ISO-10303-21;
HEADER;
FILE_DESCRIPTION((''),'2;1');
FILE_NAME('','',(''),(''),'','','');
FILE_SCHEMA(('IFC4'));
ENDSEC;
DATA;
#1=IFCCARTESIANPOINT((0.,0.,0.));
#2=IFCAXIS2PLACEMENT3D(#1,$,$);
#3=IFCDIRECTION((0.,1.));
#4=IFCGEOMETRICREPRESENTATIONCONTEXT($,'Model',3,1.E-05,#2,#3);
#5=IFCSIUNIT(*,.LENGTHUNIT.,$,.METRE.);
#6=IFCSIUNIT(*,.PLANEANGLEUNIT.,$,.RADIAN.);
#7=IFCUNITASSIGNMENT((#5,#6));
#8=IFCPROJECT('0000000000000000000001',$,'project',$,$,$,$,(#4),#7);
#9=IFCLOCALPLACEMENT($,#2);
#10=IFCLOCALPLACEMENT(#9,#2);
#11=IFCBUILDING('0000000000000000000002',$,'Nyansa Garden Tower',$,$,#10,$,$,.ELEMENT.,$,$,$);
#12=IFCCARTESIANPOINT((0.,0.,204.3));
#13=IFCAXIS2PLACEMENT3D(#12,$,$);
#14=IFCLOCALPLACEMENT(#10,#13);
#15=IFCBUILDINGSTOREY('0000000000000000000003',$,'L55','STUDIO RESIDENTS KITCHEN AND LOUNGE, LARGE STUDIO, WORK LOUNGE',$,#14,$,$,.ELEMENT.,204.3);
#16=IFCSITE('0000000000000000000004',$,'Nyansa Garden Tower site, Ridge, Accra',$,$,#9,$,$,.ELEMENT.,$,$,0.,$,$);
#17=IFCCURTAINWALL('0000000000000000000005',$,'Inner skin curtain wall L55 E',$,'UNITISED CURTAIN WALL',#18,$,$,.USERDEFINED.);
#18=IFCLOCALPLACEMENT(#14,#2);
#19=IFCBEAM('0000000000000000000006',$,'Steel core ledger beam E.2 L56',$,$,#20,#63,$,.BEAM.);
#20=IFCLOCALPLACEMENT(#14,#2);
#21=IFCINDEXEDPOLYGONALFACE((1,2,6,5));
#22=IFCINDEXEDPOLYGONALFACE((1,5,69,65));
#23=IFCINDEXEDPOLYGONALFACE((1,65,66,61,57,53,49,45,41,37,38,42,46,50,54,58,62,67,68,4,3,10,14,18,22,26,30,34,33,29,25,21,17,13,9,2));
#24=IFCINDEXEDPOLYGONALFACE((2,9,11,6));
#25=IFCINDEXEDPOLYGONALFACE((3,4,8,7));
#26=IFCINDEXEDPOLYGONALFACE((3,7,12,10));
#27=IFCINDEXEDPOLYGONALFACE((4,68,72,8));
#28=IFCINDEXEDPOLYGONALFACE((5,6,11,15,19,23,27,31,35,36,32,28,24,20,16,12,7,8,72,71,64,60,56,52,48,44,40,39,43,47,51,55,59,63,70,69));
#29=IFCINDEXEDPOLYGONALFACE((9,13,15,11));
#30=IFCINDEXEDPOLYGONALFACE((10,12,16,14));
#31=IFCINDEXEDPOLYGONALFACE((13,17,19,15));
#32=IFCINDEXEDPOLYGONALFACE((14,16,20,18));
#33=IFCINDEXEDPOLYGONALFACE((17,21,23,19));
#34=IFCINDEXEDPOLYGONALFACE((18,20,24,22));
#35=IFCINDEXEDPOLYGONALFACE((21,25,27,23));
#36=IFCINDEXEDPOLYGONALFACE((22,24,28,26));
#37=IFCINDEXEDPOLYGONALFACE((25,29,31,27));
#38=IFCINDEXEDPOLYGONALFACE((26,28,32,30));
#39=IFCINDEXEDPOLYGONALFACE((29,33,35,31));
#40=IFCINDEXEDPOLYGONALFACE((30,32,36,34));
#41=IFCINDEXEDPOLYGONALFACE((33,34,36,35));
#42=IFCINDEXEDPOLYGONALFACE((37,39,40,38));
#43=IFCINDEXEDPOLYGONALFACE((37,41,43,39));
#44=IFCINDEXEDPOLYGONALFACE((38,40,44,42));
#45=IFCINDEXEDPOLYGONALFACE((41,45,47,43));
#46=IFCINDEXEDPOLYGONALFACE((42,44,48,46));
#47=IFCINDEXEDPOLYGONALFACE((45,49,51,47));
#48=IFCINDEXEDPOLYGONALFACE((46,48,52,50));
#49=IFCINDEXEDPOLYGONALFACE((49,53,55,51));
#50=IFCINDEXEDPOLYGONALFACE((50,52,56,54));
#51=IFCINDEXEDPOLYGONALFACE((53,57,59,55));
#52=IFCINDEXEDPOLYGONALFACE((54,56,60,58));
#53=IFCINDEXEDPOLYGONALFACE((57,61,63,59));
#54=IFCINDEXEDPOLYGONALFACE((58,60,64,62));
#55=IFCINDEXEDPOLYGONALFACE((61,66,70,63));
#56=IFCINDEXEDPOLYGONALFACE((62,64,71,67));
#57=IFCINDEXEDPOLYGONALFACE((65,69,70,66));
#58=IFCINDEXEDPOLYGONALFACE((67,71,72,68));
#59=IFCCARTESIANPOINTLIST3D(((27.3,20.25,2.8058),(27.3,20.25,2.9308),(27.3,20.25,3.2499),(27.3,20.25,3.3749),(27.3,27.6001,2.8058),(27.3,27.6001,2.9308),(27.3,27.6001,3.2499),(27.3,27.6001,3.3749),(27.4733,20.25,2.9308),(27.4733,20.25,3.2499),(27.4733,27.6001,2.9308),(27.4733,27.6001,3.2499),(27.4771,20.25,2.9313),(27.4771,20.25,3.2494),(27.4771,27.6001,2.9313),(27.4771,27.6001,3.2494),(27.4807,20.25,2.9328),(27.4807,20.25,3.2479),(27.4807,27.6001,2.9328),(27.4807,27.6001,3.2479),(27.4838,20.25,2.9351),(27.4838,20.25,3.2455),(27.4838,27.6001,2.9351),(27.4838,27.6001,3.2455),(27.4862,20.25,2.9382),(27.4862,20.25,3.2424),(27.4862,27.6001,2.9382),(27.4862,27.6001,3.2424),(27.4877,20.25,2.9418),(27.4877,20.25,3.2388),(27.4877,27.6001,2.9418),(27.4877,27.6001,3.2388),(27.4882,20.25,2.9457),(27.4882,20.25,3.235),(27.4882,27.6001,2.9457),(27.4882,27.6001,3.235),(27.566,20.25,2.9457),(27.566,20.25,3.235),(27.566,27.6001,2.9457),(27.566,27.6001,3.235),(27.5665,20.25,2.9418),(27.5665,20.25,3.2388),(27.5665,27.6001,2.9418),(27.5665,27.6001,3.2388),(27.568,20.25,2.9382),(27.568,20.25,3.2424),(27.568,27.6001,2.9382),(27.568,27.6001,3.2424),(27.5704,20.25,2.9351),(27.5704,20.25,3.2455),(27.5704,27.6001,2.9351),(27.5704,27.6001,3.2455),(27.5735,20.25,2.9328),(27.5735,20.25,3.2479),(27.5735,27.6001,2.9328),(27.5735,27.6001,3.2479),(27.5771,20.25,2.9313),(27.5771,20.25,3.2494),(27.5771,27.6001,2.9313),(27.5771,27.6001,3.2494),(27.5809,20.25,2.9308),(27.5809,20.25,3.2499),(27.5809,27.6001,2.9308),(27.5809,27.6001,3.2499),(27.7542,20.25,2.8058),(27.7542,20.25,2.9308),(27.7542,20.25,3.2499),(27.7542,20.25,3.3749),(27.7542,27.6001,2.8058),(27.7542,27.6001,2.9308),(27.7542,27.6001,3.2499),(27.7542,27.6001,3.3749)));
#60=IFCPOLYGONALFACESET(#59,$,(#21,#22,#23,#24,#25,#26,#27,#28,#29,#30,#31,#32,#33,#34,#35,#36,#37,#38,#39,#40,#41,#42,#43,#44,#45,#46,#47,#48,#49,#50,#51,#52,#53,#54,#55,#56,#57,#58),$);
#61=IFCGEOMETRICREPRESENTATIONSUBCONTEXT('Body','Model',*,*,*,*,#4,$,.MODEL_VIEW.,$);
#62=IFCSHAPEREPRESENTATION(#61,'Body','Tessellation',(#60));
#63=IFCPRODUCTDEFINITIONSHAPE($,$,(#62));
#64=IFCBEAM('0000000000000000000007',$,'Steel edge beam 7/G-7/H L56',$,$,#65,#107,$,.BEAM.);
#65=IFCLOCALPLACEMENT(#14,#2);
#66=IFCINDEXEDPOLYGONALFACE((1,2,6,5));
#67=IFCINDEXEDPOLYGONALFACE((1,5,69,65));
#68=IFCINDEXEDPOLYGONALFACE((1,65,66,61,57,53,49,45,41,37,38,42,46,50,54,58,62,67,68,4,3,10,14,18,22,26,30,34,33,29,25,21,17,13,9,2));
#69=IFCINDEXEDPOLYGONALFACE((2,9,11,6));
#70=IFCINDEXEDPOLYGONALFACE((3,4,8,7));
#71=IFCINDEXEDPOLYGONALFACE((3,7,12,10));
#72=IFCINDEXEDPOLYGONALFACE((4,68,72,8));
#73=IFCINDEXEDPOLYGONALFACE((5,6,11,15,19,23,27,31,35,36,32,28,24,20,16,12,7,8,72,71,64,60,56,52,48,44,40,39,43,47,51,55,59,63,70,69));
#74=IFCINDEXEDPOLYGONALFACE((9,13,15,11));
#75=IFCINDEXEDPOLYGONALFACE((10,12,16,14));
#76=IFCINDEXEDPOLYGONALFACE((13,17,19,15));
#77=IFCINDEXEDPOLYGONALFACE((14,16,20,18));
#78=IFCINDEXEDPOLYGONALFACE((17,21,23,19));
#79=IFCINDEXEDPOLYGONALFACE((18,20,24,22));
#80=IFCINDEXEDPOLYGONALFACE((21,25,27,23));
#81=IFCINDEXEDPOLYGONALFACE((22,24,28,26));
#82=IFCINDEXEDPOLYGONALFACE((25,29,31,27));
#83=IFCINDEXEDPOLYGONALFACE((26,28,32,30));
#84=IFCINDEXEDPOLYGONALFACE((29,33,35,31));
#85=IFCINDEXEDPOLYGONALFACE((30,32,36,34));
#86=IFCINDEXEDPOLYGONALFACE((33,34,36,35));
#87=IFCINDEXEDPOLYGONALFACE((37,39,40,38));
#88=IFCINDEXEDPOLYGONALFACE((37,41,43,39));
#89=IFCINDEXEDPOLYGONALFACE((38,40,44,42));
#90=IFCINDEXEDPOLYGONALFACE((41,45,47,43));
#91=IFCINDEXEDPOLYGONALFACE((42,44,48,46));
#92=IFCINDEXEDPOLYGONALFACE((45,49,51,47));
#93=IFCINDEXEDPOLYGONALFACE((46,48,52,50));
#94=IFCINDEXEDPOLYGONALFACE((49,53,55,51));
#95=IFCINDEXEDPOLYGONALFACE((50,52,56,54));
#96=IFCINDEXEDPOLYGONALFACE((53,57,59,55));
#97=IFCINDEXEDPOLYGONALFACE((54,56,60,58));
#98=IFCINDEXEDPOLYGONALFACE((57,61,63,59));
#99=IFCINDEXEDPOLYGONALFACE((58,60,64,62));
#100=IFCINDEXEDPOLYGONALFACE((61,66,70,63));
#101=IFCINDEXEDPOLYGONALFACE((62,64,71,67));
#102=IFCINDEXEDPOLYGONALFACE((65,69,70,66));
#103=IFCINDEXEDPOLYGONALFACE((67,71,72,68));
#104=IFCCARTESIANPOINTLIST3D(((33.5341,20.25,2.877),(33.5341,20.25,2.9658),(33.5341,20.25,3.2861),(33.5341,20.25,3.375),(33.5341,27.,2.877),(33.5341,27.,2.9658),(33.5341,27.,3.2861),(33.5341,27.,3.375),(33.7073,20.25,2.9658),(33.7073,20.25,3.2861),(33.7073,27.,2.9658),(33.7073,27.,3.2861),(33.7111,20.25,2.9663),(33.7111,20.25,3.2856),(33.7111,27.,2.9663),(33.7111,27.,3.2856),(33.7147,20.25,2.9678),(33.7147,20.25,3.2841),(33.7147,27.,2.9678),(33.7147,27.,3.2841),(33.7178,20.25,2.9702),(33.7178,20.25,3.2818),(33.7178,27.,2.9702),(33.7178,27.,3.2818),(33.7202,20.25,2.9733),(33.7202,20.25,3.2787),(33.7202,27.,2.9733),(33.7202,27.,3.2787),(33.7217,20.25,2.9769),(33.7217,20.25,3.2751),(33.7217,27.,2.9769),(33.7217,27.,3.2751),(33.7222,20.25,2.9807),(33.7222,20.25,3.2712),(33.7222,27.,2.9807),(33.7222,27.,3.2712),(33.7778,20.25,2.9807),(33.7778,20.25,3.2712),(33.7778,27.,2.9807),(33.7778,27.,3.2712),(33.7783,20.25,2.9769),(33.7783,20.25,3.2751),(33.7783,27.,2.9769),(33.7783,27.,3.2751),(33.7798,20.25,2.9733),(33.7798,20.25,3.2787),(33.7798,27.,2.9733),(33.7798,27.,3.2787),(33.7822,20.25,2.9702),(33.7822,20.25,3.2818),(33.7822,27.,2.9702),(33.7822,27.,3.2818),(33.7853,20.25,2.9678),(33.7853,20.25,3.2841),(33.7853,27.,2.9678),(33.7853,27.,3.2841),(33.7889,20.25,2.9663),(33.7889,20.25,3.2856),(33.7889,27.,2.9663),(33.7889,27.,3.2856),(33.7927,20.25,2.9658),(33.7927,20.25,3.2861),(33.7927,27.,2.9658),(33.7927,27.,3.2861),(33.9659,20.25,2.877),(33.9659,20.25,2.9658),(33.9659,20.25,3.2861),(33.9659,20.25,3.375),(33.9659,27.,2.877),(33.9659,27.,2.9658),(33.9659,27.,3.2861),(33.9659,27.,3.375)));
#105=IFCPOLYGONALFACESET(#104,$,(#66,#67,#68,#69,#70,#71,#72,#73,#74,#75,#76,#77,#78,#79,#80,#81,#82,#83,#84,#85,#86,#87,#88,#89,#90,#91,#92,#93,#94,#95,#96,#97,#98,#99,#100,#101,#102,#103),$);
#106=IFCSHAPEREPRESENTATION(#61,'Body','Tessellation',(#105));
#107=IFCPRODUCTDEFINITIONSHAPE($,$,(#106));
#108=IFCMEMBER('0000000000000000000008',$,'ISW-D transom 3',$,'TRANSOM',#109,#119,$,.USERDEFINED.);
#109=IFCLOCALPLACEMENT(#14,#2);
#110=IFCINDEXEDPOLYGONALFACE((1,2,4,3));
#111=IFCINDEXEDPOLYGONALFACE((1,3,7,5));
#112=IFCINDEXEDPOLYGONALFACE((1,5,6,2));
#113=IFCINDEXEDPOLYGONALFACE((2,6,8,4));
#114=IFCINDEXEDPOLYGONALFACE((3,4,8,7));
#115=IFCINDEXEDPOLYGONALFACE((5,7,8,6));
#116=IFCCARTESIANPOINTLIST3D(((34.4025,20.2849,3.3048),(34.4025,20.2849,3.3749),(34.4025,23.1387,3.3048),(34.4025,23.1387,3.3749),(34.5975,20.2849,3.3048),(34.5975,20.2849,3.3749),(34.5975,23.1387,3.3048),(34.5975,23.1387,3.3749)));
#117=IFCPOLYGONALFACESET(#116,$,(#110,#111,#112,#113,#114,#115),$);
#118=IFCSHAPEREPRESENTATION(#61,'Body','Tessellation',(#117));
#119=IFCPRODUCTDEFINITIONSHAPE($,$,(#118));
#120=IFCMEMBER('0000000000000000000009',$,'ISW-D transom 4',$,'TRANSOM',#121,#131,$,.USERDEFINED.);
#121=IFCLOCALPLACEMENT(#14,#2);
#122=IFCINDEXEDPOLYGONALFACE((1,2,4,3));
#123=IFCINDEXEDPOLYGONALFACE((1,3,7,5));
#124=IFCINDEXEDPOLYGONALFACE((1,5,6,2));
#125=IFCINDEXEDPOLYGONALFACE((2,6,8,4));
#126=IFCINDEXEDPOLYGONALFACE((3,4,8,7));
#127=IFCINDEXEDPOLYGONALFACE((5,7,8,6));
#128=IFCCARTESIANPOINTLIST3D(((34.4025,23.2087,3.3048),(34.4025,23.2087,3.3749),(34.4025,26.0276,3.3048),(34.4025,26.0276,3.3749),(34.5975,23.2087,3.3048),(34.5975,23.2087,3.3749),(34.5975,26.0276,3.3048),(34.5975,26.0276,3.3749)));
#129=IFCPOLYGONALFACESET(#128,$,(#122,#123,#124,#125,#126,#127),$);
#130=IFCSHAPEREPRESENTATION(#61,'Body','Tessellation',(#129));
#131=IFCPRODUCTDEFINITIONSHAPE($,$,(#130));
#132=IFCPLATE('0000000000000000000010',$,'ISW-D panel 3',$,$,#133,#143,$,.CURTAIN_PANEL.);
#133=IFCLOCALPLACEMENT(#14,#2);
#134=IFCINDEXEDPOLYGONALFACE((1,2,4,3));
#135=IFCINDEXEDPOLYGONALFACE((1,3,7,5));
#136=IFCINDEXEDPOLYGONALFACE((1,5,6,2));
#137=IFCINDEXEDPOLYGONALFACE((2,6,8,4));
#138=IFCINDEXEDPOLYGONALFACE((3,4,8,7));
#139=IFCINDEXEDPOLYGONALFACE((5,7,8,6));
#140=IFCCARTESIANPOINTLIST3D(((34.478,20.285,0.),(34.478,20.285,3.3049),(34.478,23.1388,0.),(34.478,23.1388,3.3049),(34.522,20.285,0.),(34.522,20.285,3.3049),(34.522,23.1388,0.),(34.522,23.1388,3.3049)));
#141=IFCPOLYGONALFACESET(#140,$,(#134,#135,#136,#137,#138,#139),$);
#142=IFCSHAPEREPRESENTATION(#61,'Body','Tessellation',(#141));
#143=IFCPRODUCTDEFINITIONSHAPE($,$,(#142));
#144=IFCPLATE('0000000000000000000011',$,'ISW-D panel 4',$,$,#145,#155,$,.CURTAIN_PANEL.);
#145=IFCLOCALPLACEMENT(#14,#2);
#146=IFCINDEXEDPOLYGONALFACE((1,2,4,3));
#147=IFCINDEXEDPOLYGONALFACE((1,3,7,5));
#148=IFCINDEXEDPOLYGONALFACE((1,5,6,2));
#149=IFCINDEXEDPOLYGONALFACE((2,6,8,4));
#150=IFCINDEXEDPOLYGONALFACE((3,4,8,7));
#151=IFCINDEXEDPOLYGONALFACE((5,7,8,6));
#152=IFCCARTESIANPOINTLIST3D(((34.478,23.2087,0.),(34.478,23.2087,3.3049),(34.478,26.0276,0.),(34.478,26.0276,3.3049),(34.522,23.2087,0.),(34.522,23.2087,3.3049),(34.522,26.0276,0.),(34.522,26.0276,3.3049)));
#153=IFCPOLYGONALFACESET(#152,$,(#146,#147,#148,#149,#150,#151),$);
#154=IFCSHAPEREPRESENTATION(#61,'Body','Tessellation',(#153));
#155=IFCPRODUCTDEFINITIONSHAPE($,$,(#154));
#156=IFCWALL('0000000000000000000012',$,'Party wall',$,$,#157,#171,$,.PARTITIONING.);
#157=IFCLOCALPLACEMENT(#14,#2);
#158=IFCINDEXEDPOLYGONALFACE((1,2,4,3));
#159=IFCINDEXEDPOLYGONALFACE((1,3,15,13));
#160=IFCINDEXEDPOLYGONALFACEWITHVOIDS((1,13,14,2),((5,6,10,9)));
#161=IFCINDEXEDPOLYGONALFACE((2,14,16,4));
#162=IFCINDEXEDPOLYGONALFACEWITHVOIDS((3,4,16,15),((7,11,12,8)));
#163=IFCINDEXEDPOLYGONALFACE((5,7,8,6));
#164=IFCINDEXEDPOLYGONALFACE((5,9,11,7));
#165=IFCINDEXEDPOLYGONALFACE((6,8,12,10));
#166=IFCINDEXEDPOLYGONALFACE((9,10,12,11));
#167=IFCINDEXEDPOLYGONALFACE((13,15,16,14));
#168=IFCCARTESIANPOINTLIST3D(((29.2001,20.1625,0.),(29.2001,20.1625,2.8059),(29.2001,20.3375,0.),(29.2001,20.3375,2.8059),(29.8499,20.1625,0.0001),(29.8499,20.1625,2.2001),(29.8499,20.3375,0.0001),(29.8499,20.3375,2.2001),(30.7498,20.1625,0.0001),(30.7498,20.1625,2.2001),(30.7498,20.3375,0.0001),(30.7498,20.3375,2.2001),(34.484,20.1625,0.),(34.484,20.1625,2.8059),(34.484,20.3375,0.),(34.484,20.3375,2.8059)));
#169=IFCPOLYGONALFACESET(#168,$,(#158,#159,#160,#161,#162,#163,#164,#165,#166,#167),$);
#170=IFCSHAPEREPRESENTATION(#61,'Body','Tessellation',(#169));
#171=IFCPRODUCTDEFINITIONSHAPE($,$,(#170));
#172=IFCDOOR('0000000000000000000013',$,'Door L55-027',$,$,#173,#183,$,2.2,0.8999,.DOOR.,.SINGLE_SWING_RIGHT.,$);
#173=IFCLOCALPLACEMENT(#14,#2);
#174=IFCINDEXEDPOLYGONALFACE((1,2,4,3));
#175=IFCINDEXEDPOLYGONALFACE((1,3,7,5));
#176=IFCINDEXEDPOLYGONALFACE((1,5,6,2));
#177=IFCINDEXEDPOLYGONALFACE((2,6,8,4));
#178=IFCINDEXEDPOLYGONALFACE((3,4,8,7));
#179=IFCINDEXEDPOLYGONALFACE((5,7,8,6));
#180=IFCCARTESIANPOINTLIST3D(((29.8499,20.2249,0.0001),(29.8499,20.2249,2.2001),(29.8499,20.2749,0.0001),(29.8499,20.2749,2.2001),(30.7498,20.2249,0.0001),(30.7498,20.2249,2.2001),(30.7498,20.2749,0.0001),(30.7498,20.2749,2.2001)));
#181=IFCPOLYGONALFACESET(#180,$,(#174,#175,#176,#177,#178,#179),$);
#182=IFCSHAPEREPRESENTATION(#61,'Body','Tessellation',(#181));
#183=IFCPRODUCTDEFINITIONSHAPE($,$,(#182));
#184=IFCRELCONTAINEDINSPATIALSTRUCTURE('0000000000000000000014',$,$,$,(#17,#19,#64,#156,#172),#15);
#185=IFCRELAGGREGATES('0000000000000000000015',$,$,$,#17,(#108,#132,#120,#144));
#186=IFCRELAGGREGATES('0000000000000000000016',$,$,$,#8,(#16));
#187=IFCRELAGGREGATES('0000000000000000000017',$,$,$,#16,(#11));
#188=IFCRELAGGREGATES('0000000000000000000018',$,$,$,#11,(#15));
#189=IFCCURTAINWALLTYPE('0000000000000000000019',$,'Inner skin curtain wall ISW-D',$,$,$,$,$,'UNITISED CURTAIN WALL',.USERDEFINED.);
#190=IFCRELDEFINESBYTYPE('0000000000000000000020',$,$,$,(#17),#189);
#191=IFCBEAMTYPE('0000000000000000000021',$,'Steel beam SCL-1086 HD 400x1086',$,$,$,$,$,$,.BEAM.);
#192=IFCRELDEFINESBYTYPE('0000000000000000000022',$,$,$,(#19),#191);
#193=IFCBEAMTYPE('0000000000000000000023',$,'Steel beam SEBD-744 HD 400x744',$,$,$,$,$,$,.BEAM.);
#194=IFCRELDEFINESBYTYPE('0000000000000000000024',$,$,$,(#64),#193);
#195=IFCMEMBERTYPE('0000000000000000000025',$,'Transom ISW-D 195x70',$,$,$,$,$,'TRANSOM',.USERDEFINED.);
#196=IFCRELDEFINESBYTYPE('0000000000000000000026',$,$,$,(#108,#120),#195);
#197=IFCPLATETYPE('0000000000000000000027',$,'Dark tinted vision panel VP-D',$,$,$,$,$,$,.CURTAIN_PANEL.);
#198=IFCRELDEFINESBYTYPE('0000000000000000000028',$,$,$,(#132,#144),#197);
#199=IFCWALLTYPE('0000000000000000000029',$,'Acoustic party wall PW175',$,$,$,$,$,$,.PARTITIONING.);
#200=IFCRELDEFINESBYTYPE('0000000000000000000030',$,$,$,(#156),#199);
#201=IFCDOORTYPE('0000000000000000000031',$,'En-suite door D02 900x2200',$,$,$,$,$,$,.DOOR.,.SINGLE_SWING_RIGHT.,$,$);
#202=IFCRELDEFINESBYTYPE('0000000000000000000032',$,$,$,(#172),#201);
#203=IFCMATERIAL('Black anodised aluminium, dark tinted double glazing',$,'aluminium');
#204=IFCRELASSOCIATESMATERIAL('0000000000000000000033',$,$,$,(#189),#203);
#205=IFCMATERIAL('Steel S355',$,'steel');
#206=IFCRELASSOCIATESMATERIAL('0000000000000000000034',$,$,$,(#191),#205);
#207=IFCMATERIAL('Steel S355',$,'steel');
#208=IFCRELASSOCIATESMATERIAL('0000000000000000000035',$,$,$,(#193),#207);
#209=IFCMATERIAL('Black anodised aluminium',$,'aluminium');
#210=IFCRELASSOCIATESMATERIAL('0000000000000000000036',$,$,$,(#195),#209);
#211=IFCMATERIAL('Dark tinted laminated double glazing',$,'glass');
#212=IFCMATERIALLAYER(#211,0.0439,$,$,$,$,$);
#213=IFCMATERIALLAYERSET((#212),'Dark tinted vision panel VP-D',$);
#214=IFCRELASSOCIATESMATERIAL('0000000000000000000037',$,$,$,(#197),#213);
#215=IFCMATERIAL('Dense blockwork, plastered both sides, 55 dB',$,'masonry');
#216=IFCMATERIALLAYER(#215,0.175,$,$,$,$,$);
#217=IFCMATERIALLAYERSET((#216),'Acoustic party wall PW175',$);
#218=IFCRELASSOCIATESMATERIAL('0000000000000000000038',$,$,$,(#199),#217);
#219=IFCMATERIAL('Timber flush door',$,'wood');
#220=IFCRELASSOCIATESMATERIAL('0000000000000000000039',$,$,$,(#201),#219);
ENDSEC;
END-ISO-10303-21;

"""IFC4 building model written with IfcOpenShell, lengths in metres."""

from ifc_helpers import new_model, si_unit, direction, frame, frame_2d, origin, origin_2d, place, context, subcontext, project, spatial, rectangle, i_section, extrude, material, layer, layer_set, material_profile, profile_set, type_object, element, fill, aggregate, save


model = new_model("IFC4")

# Units and contexts
model_context = context("Model", 3, precision=1e-05, world=origin(), true_north=direction((0.0, 1.0)))
body_context = subcontext(model_context, "Body", "Model", "MODEL_VIEW")
ifc_project = project(units=[si_unit("LENGTHUNIT", "METRE"), si_unit("PLANEANGLEUNIT", "RADIAN")], contexts=[model_context])

# Site, building, storey
site_placement = place(None, origin())
site = spatial("IfcSite", under=ifc_project, at=site_placement, Name="Nyansa Garden Tower site, Ridge, Accra", CompositionType="ELEMENT", RefElevation=0.0)
building_placement = place(site_placement, origin())
building = spatial("IfcBuilding", under=site, at=building_placement, Name="Nyansa Garden Tower", CompositionType="ELEMENT")
storey_placement = place(building_placement, frame((0.0, 0.0, 204.3)))
storey = spatial("IfcBuildingStorey", under=building, at=storey_placement, Name="L55", Description="STUDIO RESIDENTS KITCHEN AND LOUNGE, LARGE STUDIO, WORK LOUNGE", CompositionType="ELEMENT", Elevation=204.3)

# Curtain wall
ifc_material_1 = material(Name="Black anodised aluminium, dark tinted double glazing", Category="aluminium")
curtain_wall_type = type_object("IfcCurtainWallType", Name="Inner skin curtain wall ISW-D", ElementType="UNITISED CURTAIN WALL", PredefinedType="USERDEFINED", material=ifc_material_1)
curtain_wall_placement = place(storey_placement, origin())
curtain_wall = element("IfcCurtainWall", 1, at=curtain_wall_placement, inside=storey, type_object=curtain_wall_type, Name="Inner skin curtain wall L55 E", ObjectType="UNITISED CURTAIN WALL", PredefinedType="USERDEFINED")

# Beams
ifc_material_2 = material(Name="Steel S355", Category="steel")
ifc_material_profile_1 = material_profile(ifc_material_2, i_section(OverallWidth=0.4541, OverallDepth=0.5691, WebThickness=0.0779, FlangeThickness=0.125, FilletRadius=0.0149, at=origin_2d()), Name="HD 400x1086")
ifc_profile_set_1 = profile_set([ifc_material_profile_1], Name="Steel S355")
beam_type_1 = type_object("IfcBeamType", Name="Steel beam SCL-1086 HD 400x1086", PredefinedType="BEAM", material=ifc_profile_set_1)
beam_1_placement = place(storey_placement, frame((27.5271, 20.25, 3.0903), z_axis=(0.0, 1.0, 0.0), x_axis=(-1.0, 0.0, 0.0)))
element("IfcBeam", 2, at=beam_1_placement, inside=storey, type_object=beam_type_1, Name="Steel core ledger beam E.2 L56", PredefinedType="BEAM", context=body_context, shape_type="SweptSolid", body=[
    extrude(i_section(OverallWidth=0.4541, OverallDepth=0.5691, WebThickness=0.0779, FlangeThickness=0.125, FilletRadius=0.0149, at=origin_2d()), origin(), (0.0, 0.0, 1.0), 7.3501),
])
ifc_material_3 = material(Name="Steel S355", Category="steel")
ifc_material_profile_2 = material_profile(ifc_material_3, i_section(OverallWidth=0.4319, OverallDepth=0.498, WebThickness=0.0557, FlangeThickness=0.0889, FilletRadius=0.0149, at=origin_2d()), Name="HD 400x744")
ifc_profile_set_2 = profile_set([ifc_material_profile_2], Name="Steel S355")
beam_type_2 = type_object("IfcBeamType", Name="Steel beam SEBD-744 HD 400x744", PredefinedType="BEAM", material=ifc_profile_set_2)
beam_2_placement = place(storey_placement, frame((33.75, 20.25, 3.126), z_axis=(0.0, 1.0, 0.0), x_axis=(-1.0, 0.0, 0.0)))
element("IfcBeam", 3, at=beam_2_placement, inside=storey, type_object=beam_type_2, Name="Steel edge beam 7/G-7/H L56", PredefinedType="BEAM", context=body_context, shape_type="SweptSolid", body=[
    extrude(i_section(OverallWidth=0.4319, OverallDepth=0.498, WebThickness=0.0557, FlangeThickness=0.0889, FilletRadius=0.0149, at=origin_2d()), origin(), (0.0, 0.0, 1.0), 6.75),
])

# Members
ifc_material_4 = material(Name="Black anodised aluminium", Category="aluminium")
ifc_material_profile_3 = material_profile(ifc_material_4, rectangle(XDim=0.1951, YDim=0.0701, at=origin_2d()), Name="Transom 195x70")
ifc_profile_set_3 = profile_set([ifc_material_profile_3], Name="Black anodised aluminium")
member_type_1 = type_object("IfcMemberType", Name="Transom ISW-D 195x70", ElementType="TRANSOM", PredefinedType="USERDEFINED", material=ifc_profile_set_3)
member_1_placement = place(storey_placement, frame((34.5, 20.2849, 3.3398), z_axis=(0.0, 1.0, 0.0), x_axis=(-1.0, 0.0, 0.0)))
member_1 = element("IfcMember", 4, at=member_1_placement, type_object=member_type_1, Name="ISW-D transom 3", ObjectType="TRANSOM", PredefinedType="USERDEFINED", context=body_context, shape_type="SweptSolid", body=[
    extrude(rectangle(XDim=0.1951, YDim=0.0701, at=origin_2d()), origin(), (0.0, 0.0, 1.0), 2.8538),
])
member_2_placement = place(storey_placement, frame((34.5, 23.2087, 3.3398), z_axis=(0.0, 1.0, 0.0), x_axis=(-1.0, 0.0, 0.0)))
member_2 = element("IfcMember", 5, at=member_2_placement, type_object=member_type_1, Name="ISW-D transom 4", ObjectType="TRANSOM", PredefinedType="USERDEFINED", context=body_context, shape_type="SweptSolid", body=[
    extrude(rectangle(XDim=0.1951, YDim=0.0701, at=origin_2d()), origin(), (0.0, 0.0, 1.0), 2.8188),
])

# Plates
ifc_material_5 = material(Name="Dark tinted laminated double glazing", Category="glass")
ifc_layer_1 = layer(ifc_material_5, 0.0439)
ifc_layer_set_1 = layer_set([ifc_layer_1], Name="Dark tinted vision panel VP-D")
plate_type = type_object("IfcPlateType", Name="Dark tinted vision panel VP-D", PredefinedType="CURTAIN_PANEL", material=ifc_layer_set_1)
plate_1_placement = place(storey_placement, frame((34.5, 21.7119, 0.0), z_axis=(0.0, 0.0, 1.0), x_axis=(0.0, 1.0, 0.0)))
plate_1 = element("IfcPlate", 6, at=plate_1_placement, type_object=plate_type, Name="ISW-D panel 3", PredefinedType="CURTAIN_PANEL", context=body_context, shape_type="SweptSolid", body=[
    extrude(rectangle(XDim=2.8538, YDim=0.0439, at=origin_2d()), origin(), (0.0, 0.0, 1.0), 3.3049),
])
plate_2_placement = place(storey_placement, frame((34.5, 24.6182, 0.0), z_axis=(0.0, 0.0, 1.0), x_axis=(0.0, 1.0, 0.0)))
plate_2 = element("IfcPlate", 7, at=plate_2_placement, type_object=plate_type, Name="ISW-D panel 4", PredefinedType="CURTAIN_PANEL", context=body_context, shape_type="SweptSolid", body=[
    extrude(rectangle(XDim=2.8188, YDim=0.0439, at=origin_2d()), origin(), (0.0, 0.0, 1.0), 3.3049),
])
aggregate(curtain_wall, [member_1, plate_1, member_2, plate_2])

# Wall, opening, door
ifc_material_6 = material(Name="Dense blockwork, plastered both sides, 55 dB", Category="masonry")
ifc_layer_2 = layer(ifc_material_6, 0.175)
ifc_layer_set_2 = layer_set([ifc_layer_2], Name="Acoustic party wall PW175")
wall_type_1 = type_object("IfcWallType", Name="Acoustic party wall PW175", PredefinedType="PARTITIONING", material=ifc_layer_set_2)
wall_1_placement = place(storey_placement, frame((29.2, 20.25, 0.0), z_axis=(0.0, 0.0, 1.0), x_axis=(1.0, 0.0, 0.0)))
wall_1 = element("IfcWall", 8, at=wall_1_placement, inside=storey, type_object=wall_type_1, Name="Party wall", PredefinedType="PARTITIONING", context=body_context, shape_type="SweptSolid", body=[
    extrude(rectangle(XDim=5.2839, YDim=0.175, at=frame_2d((2.6421, 0.0))), origin(), (0.0, 0.0, 1.0), 2.8059),
])
opening_1_placement = place(wall_1_placement, frame((0.6499, 0.0, 0.0)))
opening_1 = element("IfcOpeningElement", 9, at=opening_1_placement, cuts=wall_1, PredefinedType="OPENING", context=body_context, shape_type="SweptSolid", body=[
    extrude(rectangle(XDim=0.8999, YDim=2.2, at=frame_2d((0.45, 1.1001))), frame((0.0, 0.0974, 0.0), z_axis=(0.0, -1.0, 0.0), x_axis=(1.0, 0.0, 0.0)), (0.0, 0.0, 1.0), 0.1951),
])
ifc_material_7 = material(Name="Timber flush door", Category="wood")
door_type = type_object("IfcDoorType", Name="En-suite door D02 900x2200", OperationType="SINGLE_SWING_RIGHT", PredefinedType="DOOR", material=ifc_material_7)
door_1_placement = place(opening_1_placement, origin())
door_1 = element("IfcDoor", 10, at=door_1_placement, inside=storey, type_object=door_type, Name="Door L55-027", OperationType="SINGLE_SWING_RIGHT", OverallHeight=2.2, OverallWidth=0.8999, PredefinedType="DOOR", context=body_context, shape_type="SweptSolid", body=[
    extrude(rectangle(XDim=0.8999, YDim=2.2, at=frame_2d((0.45, 1.1001))), frame((0.0, 0.0249, 0.0), z_axis=(0.0, -1.0, 0.0), x_axis=(1.0, 0.0, 0.0)), (0.0, 0.0, 1.0), 0.05),
])
fill(opening_1, door_1)

save(model, "model.ifc")
